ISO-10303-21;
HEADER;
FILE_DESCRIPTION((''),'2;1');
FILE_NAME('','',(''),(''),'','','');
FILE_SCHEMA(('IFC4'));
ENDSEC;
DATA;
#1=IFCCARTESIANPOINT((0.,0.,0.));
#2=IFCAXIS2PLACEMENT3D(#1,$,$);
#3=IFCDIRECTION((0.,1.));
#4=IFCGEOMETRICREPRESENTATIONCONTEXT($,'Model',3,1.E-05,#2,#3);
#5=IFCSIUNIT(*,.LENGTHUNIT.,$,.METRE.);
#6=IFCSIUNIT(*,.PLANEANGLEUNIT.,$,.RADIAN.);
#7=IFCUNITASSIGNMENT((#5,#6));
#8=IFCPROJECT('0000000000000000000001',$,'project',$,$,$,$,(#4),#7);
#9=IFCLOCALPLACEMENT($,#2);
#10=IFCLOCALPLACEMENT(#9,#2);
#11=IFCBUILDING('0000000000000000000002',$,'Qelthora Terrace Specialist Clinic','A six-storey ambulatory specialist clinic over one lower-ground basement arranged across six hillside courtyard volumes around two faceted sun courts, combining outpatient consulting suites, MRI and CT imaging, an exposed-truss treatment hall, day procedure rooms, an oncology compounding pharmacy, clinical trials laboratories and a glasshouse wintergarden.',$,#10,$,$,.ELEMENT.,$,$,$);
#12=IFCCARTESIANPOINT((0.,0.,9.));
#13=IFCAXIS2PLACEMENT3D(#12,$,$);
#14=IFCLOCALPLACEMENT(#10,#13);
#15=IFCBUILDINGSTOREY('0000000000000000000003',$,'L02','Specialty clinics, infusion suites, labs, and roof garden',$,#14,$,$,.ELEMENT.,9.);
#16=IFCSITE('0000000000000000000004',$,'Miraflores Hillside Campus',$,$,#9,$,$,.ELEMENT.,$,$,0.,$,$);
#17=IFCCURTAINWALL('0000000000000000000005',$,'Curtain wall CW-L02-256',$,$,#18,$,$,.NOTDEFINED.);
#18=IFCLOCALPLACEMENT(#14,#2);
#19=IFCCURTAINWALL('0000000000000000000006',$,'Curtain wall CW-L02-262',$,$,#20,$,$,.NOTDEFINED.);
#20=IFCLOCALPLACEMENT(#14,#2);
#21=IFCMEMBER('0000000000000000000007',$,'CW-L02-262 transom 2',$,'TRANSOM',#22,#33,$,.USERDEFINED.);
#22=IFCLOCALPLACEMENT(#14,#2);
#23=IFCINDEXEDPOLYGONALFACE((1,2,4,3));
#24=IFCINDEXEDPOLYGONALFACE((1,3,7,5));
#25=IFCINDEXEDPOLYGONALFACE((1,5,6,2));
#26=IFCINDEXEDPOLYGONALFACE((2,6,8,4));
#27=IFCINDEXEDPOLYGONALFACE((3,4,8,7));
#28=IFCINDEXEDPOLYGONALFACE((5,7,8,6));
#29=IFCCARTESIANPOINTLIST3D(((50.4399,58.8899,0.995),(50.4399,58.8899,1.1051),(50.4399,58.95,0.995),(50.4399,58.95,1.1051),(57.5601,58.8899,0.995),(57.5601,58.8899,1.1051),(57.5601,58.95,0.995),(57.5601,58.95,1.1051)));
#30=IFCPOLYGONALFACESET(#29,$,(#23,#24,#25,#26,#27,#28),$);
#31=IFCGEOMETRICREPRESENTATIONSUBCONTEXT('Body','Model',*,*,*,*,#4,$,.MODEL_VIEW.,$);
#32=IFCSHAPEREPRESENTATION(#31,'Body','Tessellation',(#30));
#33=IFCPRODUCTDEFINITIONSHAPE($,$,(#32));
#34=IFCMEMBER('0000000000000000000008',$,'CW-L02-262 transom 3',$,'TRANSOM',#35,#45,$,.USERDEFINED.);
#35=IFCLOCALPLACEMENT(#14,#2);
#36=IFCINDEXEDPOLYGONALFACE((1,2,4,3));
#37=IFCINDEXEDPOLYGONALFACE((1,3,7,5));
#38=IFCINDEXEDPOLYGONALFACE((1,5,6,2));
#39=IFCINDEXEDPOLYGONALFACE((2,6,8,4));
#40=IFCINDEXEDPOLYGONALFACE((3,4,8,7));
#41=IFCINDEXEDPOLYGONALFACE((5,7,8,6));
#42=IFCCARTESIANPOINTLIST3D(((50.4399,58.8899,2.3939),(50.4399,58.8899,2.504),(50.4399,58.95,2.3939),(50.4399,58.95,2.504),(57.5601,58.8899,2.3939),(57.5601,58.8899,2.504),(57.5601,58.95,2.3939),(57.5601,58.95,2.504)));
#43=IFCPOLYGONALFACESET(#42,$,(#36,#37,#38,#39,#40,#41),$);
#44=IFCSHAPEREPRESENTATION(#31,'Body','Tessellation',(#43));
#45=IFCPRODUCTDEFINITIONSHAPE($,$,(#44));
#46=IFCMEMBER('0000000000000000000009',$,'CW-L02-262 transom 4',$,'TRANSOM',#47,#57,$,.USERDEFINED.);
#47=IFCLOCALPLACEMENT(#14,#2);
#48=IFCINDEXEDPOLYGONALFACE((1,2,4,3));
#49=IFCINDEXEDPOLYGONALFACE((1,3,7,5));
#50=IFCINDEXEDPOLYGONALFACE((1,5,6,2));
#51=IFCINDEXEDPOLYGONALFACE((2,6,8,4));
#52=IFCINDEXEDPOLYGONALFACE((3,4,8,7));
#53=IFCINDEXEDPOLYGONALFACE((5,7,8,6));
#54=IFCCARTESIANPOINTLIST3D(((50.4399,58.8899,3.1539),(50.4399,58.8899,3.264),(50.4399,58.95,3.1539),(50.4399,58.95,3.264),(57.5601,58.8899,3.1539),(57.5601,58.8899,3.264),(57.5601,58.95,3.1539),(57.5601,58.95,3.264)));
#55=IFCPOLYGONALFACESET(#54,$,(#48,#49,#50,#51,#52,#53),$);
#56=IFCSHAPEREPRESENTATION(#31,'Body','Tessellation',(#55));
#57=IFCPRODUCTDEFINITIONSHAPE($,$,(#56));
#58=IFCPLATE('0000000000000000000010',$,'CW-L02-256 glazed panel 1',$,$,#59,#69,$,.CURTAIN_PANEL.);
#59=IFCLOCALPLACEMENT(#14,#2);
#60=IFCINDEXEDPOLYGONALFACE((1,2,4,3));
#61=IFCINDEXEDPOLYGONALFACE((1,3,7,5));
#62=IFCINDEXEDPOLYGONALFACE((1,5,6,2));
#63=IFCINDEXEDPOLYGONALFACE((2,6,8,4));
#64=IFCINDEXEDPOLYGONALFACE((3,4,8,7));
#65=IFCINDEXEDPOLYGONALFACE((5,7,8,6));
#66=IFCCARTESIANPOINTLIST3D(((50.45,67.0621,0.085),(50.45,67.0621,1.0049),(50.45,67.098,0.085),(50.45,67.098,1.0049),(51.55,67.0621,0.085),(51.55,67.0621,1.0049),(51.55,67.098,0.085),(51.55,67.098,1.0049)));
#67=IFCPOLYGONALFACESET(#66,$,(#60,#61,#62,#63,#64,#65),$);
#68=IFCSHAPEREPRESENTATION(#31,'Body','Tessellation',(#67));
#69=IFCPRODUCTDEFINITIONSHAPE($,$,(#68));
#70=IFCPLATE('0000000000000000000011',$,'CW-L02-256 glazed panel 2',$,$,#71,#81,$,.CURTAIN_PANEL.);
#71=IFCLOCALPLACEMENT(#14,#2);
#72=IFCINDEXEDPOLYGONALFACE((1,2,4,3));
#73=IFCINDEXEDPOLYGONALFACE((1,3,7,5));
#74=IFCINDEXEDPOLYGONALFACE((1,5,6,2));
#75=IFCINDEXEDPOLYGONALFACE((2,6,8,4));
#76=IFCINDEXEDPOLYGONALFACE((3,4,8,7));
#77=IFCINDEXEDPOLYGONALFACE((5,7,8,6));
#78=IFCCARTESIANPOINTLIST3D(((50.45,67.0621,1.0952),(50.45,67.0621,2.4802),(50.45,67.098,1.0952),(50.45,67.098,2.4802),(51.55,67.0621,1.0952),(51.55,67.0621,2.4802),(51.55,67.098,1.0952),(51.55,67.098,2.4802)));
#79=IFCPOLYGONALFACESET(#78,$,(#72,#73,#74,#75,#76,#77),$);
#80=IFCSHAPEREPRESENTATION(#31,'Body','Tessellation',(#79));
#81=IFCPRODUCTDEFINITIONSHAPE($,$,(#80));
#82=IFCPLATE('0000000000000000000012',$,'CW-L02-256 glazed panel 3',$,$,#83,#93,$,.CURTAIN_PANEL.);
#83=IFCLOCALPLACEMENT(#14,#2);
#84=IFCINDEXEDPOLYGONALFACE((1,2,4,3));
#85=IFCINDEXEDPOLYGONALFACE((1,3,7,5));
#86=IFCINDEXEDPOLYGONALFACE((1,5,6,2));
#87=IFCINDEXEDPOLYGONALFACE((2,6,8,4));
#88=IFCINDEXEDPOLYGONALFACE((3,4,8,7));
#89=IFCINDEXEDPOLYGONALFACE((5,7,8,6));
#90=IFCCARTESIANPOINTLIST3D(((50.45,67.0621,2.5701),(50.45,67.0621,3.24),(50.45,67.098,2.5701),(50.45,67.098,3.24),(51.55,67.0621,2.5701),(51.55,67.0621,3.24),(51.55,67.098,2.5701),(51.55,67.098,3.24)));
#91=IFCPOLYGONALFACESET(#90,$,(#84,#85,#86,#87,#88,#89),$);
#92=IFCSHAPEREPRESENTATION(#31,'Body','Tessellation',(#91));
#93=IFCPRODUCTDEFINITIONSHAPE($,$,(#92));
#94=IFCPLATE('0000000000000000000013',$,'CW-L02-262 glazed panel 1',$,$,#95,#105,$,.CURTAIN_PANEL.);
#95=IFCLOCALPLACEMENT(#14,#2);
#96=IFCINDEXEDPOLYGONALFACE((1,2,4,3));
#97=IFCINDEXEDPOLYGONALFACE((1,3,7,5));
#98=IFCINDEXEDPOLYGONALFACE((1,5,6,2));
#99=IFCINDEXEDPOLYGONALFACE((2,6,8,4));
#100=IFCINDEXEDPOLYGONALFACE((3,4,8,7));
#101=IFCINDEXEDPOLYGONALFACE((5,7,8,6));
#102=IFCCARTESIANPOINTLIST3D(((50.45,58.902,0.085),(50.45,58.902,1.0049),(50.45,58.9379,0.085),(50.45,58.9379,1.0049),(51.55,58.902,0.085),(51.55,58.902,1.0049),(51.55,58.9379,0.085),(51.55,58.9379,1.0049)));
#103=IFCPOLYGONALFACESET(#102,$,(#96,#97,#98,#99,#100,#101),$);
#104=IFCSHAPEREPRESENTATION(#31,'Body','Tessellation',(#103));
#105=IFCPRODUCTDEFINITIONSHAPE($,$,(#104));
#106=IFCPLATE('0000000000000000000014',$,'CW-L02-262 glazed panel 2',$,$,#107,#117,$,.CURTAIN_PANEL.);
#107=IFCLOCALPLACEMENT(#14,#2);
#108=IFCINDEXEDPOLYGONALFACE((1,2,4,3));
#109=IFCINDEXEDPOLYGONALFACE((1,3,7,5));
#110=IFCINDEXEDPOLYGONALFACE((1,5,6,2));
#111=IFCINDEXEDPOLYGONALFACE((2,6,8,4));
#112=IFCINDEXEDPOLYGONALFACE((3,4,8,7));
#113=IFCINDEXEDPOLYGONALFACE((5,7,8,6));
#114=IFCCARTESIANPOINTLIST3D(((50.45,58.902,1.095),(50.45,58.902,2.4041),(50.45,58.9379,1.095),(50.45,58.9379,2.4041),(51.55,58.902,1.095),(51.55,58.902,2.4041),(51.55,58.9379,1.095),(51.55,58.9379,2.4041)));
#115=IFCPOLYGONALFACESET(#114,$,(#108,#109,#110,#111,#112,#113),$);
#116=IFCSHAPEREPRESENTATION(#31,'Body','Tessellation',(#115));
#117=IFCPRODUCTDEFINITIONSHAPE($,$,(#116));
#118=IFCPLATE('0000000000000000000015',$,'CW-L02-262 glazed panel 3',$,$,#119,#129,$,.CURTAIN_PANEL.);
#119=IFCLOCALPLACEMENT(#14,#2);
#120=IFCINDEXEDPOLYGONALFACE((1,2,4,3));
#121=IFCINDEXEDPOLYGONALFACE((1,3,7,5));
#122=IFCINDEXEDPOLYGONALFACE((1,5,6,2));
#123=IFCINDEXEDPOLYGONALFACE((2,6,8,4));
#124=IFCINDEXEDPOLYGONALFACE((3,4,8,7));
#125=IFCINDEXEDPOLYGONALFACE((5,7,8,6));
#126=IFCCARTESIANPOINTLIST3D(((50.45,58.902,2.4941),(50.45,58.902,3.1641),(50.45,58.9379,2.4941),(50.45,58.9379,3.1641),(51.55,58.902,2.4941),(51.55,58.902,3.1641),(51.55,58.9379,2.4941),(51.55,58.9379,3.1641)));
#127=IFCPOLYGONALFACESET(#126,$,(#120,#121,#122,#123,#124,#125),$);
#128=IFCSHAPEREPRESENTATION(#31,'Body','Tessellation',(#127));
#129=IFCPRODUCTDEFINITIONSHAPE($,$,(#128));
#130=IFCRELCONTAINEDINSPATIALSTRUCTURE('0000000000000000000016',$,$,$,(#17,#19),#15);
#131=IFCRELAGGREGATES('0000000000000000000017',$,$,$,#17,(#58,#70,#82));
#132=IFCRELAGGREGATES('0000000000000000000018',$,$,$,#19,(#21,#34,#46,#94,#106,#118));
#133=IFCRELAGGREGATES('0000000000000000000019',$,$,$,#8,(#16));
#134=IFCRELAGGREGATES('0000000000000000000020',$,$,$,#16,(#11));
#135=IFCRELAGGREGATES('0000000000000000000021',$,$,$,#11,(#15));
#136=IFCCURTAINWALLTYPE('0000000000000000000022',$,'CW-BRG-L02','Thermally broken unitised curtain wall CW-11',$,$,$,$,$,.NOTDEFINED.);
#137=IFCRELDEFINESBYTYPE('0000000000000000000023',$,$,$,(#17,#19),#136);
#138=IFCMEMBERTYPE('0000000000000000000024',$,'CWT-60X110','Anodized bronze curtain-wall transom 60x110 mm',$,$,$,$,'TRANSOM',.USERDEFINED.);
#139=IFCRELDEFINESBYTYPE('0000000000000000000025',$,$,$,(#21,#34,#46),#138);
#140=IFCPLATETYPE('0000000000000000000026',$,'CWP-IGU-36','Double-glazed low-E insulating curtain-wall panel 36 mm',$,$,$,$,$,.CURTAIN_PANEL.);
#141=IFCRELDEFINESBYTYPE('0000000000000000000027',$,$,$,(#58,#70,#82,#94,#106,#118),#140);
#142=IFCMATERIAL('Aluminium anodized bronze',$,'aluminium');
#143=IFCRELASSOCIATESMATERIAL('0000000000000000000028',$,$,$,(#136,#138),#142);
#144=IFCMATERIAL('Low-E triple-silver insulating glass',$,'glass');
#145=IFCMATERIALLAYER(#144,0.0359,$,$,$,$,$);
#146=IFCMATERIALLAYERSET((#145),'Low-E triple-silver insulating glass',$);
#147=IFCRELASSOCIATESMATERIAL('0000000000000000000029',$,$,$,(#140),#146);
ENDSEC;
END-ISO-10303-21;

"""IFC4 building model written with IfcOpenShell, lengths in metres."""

from ifc_helpers import new_model, si_unit, direction, frame, origin, origin_2d, place, context, subcontext, project, spatial, rectangle, extrude, material, layer, layer_set, material_profile, profile_set, type_object, element, aggregate, save


model = new_model("IFC4")

# Units and contexts
model_context = context("Model", 3, precision=1e-05, world=origin(), true_north=direction((0.0, 1.0)))
body_context = subcontext(model_context, "Body", "Model", "MODEL_VIEW")
ifc_project = project(units=[si_unit("LENGTHUNIT", "METRE"), si_unit("PLANEANGLEUNIT", "RADIAN")], contexts=[model_context])

# Site, building, storey
site_placement = place(None, origin())
site = spatial("IfcSite", under=ifc_project, at=site_placement, Name="Miraflores Hillside Campus", CompositionType="ELEMENT", RefElevation=0.0)
building_placement = place(site_placement, origin())
building = spatial("IfcBuilding", under=site, at=building_placement, Name="Qelthora Terrace Specialist Clinic", Description="A six-storey ambulatory specialist clinic over one lower-ground basement arranged across six hillside courtyard volumes around two faceted sun courts, combining outpatient consulting suites, MRI and CT imaging, an exposed-truss treatment hall, day procedure rooms, an oncology compounding pharmacy, clinical trials laboratories and a glasshouse wintergarden.", CompositionType="ELEMENT")
storey_placement = place(building_placement, frame((0.0, 0.0, 9.0)))
storey = spatial("IfcBuildingStorey", under=building, at=storey_placement, Name="L02", Description="Specialty clinics, infusion suites, labs, and roof garden", CompositionType="ELEMENT", Elevation=9.0)

# Curtain walls
ifc_material_1 = material(Name="Aluminium anodized bronze", Category="aluminium")
curtain_wall_type = type_object("IfcCurtainWallType", Name="CW-BRG-L02", Description="Thermally broken unitised curtain wall CW-11", PredefinedType="NOTDEFINED", material=ifc_material_1)
curtain_wall_1_placement = place(storey_placement, origin())
curtain_wall_1 = element("IfcCurtainWall", 1, at=curtain_wall_1_placement, inside=storey, type_object=curtain_wall_type, Name="Curtain wall CW-L02-256", PredefinedType="NOTDEFINED")
curtain_wall_2_placement = place(storey_placement, origin())
curtain_wall_2 = element("IfcCurtainWall", 2, at=curtain_wall_2_placement, inside=storey, type_object=curtain_wall_type, Name="Curtain wall CW-L02-262", PredefinedType="NOTDEFINED")

# Members
ifc_material_profile_1 = material_profile(ifc_material_1, rectangle(XDim=0.0601, YDim=0.1101, at=origin_2d()), Name="CWT60X110")
ifc_profile_set_1 = profile_set([ifc_material_profile_1], Name="Aluminium anodized bronze")
member_type_1 = type_object("IfcMemberType", Name="CWT-60X110", Description="Anodized bronze curtain-wall transom 60x110 mm", ElementType="TRANSOM", PredefinedType="USERDEFINED", material=ifc_profile_set_1)
member_1_placement = place(storey_placement, frame((50.4399, 58.9199, 1.05), z_axis=(1.0, 0.0, 0.0), x_axis=(0.0, 1.0, 0.0)))
member_1 = element("IfcMember", 3, at=member_1_placement, type_object=member_type_1, Name="CW-L02-262 transom 2", ObjectType="TRANSOM", PredefinedType="USERDEFINED", context=body_context, shape_type="SweptSolid", body=[
    extrude(rectangle(XDim=0.0601, YDim=0.1101, at=origin_2d()), origin(), (0.0, 0.0, 1.0), 7.1201),
])
member_2_placement = place(storey_placement, frame((50.4399, 58.9199, 2.449), z_axis=(1.0, 0.0, 0.0), x_axis=(0.0, 1.0, 0.0)))
member_2 = element("IfcMember", 4, at=member_2_placement, type_object=member_type_1, Name="CW-L02-262 transom 3", ObjectType="TRANSOM", PredefinedType="USERDEFINED", context=body_context, shape_type="SweptSolid", body=[
    extrude(rectangle(XDim=0.0601, YDim=0.1101, at=origin_2d()), origin(), (0.0, 0.0, 1.0), 7.1201),
])
member_3_placement = place(storey_placement, frame((50.4399, 58.9199, 3.209), z_axis=(1.0, 0.0, 0.0), x_axis=(0.0, 1.0, 0.0)))
member_3 = element("IfcMember", 5, at=member_3_placement, type_object=member_type_1, Name="CW-L02-262 transom 4", ObjectType="TRANSOM", PredefinedType="USERDEFINED", context=body_context, shape_type="SweptSolid", body=[
    extrude(rectangle(XDim=0.0601, YDim=0.1101, at=origin_2d()), origin(), (0.0, 0.0, 1.0), 7.1201),
])

# Plates
ifc_material_2 = material(Name="Low-E triple-silver insulating glass", Category="glass")
ifc_layer = layer(ifc_material_2, 0.0359)
ifc_layer_set = layer_set([ifc_layer], Name="Low-E triple-silver insulating glass")
plate_type = type_object("IfcPlateType", Name="CWP-IGU-36", Description="Double-glazed low-E insulating curtain-wall panel 36 mm", PredefinedType="CURTAIN_PANEL", material=ifc_layer_set)
plate_1_placement = place(storey_placement, frame((51.0, 67.0801, 0.085), z_axis=(0.0, 0.0, 1.0), x_axis=(1.0, 0.0, 0.0)))
plate_1 = element("IfcPlate", 6, at=plate_1_placement, type_object=plate_type, Name="CW-L02-256 glazed panel 1", PredefinedType="CURTAIN_PANEL", context=body_context, shape_type="SweptSolid", body=[
    extrude(rectangle(XDim=1.1001, YDim=0.0359, at=origin_2d()), origin(), (0.0, 0.0, 1.0), 0.9199),
])
plate_2_placement = place(storey_placement, frame((51.0, 67.0801, 1.0952), z_axis=(0.0, 0.0, 1.0), x_axis=(1.0, 0.0, 0.0)))
plate_2 = element("IfcPlate", 7, at=plate_2_placement, type_object=plate_type, Name="CW-L02-256 glazed panel 2", PredefinedType="CURTAIN_PANEL", context=body_context, shape_type="SweptSolid", body=[
    extrude(rectangle(XDim=1.1001, YDim=0.0359, at=origin_2d()), origin(), (0.0, 0.0, 1.0), 1.385),
])
plate_3_placement = place(storey_placement, frame((51.0, 67.0801, 2.5701), z_axis=(0.0, 0.0, 1.0), x_axis=(1.0, 0.0, 0.0)))
plate_3 = element("IfcPlate", 8, at=plate_3_placement, type_object=plate_type, Name="CW-L02-256 glazed panel 3", PredefinedType="CURTAIN_PANEL", context=body_context, shape_type="SweptSolid", body=[
    extrude(rectangle(XDim=1.1001, YDim=0.0359, at=origin_2d()), origin(), (0.0, 0.0, 1.0), 0.6699),
])
aggregate(curtain_wall_1, [plate_1, plate_2, plate_3])
plate_4_placement = place(storey_placement, frame((51.0, 58.9199, 0.085), z_axis=(0.0, 0.0, 1.0), x_axis=(1.0, 0.0, 0.0)))
plate_4 = element("IfcPlate", 9, at=plate_4_placement, type_object=plate_type, Name="CW-L02-262 glazed panel 1", PredefinedType="CURTAIN_PANEL", context=body_context, shape_type="SweptSolid", body=[
    extrude(rectangle(XDim=1.1001, YDim=0.0359, at=origin_2d()), origin(), (0.0, 0.0, 1.0), 0.9199),
])
plate_5_placement = place(storey_placement, frame((51.0, 58.9199, 1.095), z_axis=(0.0, 0.0, 1.0), x_axis=(1.0, 0.0, 0.0)))
plate_5 = element("IfcPlate", 10, at=plate_5_placement, type_object=plate_type, Name="CW-L02-262 glazed panel 2", PredefinedType="CURTAIN_PANEL", context=body_context, shape_type="SweptSolid", body=[
    extrude(rectangle(XDim=1.1001, YDim=0.0359, at=origin_2d()), origin(), (0.0, 0.0, 1.0), 1.3091),
])
plate_6_placement = place(storey_placement, frame((51.0, 58.9199, 2.4941), z_axis=(0.0, 0.0, 1.0), x_axis=(1.0, 0.0, 0.0)))
plate_6 = element("IfcPlate", 11, at=plate_6_placement, type_object=plate_type, Name="CW-L02-262 glazed panel 3", PredefinedType="CURTAIN_PANEL", context=body_context, shape_type="SweptSolid", body=[
    extrude(rectangle(XDim=1.1001, YDim=0.0359, at=origin_2d()), origin(), (0.0, 0.0, 1.0), 0.6699),
])
aggregate(curtain_wall_2, [member_1, member_2, member_3, plate_4, plate_5, plate_6])

save(model, "model.ifc")
